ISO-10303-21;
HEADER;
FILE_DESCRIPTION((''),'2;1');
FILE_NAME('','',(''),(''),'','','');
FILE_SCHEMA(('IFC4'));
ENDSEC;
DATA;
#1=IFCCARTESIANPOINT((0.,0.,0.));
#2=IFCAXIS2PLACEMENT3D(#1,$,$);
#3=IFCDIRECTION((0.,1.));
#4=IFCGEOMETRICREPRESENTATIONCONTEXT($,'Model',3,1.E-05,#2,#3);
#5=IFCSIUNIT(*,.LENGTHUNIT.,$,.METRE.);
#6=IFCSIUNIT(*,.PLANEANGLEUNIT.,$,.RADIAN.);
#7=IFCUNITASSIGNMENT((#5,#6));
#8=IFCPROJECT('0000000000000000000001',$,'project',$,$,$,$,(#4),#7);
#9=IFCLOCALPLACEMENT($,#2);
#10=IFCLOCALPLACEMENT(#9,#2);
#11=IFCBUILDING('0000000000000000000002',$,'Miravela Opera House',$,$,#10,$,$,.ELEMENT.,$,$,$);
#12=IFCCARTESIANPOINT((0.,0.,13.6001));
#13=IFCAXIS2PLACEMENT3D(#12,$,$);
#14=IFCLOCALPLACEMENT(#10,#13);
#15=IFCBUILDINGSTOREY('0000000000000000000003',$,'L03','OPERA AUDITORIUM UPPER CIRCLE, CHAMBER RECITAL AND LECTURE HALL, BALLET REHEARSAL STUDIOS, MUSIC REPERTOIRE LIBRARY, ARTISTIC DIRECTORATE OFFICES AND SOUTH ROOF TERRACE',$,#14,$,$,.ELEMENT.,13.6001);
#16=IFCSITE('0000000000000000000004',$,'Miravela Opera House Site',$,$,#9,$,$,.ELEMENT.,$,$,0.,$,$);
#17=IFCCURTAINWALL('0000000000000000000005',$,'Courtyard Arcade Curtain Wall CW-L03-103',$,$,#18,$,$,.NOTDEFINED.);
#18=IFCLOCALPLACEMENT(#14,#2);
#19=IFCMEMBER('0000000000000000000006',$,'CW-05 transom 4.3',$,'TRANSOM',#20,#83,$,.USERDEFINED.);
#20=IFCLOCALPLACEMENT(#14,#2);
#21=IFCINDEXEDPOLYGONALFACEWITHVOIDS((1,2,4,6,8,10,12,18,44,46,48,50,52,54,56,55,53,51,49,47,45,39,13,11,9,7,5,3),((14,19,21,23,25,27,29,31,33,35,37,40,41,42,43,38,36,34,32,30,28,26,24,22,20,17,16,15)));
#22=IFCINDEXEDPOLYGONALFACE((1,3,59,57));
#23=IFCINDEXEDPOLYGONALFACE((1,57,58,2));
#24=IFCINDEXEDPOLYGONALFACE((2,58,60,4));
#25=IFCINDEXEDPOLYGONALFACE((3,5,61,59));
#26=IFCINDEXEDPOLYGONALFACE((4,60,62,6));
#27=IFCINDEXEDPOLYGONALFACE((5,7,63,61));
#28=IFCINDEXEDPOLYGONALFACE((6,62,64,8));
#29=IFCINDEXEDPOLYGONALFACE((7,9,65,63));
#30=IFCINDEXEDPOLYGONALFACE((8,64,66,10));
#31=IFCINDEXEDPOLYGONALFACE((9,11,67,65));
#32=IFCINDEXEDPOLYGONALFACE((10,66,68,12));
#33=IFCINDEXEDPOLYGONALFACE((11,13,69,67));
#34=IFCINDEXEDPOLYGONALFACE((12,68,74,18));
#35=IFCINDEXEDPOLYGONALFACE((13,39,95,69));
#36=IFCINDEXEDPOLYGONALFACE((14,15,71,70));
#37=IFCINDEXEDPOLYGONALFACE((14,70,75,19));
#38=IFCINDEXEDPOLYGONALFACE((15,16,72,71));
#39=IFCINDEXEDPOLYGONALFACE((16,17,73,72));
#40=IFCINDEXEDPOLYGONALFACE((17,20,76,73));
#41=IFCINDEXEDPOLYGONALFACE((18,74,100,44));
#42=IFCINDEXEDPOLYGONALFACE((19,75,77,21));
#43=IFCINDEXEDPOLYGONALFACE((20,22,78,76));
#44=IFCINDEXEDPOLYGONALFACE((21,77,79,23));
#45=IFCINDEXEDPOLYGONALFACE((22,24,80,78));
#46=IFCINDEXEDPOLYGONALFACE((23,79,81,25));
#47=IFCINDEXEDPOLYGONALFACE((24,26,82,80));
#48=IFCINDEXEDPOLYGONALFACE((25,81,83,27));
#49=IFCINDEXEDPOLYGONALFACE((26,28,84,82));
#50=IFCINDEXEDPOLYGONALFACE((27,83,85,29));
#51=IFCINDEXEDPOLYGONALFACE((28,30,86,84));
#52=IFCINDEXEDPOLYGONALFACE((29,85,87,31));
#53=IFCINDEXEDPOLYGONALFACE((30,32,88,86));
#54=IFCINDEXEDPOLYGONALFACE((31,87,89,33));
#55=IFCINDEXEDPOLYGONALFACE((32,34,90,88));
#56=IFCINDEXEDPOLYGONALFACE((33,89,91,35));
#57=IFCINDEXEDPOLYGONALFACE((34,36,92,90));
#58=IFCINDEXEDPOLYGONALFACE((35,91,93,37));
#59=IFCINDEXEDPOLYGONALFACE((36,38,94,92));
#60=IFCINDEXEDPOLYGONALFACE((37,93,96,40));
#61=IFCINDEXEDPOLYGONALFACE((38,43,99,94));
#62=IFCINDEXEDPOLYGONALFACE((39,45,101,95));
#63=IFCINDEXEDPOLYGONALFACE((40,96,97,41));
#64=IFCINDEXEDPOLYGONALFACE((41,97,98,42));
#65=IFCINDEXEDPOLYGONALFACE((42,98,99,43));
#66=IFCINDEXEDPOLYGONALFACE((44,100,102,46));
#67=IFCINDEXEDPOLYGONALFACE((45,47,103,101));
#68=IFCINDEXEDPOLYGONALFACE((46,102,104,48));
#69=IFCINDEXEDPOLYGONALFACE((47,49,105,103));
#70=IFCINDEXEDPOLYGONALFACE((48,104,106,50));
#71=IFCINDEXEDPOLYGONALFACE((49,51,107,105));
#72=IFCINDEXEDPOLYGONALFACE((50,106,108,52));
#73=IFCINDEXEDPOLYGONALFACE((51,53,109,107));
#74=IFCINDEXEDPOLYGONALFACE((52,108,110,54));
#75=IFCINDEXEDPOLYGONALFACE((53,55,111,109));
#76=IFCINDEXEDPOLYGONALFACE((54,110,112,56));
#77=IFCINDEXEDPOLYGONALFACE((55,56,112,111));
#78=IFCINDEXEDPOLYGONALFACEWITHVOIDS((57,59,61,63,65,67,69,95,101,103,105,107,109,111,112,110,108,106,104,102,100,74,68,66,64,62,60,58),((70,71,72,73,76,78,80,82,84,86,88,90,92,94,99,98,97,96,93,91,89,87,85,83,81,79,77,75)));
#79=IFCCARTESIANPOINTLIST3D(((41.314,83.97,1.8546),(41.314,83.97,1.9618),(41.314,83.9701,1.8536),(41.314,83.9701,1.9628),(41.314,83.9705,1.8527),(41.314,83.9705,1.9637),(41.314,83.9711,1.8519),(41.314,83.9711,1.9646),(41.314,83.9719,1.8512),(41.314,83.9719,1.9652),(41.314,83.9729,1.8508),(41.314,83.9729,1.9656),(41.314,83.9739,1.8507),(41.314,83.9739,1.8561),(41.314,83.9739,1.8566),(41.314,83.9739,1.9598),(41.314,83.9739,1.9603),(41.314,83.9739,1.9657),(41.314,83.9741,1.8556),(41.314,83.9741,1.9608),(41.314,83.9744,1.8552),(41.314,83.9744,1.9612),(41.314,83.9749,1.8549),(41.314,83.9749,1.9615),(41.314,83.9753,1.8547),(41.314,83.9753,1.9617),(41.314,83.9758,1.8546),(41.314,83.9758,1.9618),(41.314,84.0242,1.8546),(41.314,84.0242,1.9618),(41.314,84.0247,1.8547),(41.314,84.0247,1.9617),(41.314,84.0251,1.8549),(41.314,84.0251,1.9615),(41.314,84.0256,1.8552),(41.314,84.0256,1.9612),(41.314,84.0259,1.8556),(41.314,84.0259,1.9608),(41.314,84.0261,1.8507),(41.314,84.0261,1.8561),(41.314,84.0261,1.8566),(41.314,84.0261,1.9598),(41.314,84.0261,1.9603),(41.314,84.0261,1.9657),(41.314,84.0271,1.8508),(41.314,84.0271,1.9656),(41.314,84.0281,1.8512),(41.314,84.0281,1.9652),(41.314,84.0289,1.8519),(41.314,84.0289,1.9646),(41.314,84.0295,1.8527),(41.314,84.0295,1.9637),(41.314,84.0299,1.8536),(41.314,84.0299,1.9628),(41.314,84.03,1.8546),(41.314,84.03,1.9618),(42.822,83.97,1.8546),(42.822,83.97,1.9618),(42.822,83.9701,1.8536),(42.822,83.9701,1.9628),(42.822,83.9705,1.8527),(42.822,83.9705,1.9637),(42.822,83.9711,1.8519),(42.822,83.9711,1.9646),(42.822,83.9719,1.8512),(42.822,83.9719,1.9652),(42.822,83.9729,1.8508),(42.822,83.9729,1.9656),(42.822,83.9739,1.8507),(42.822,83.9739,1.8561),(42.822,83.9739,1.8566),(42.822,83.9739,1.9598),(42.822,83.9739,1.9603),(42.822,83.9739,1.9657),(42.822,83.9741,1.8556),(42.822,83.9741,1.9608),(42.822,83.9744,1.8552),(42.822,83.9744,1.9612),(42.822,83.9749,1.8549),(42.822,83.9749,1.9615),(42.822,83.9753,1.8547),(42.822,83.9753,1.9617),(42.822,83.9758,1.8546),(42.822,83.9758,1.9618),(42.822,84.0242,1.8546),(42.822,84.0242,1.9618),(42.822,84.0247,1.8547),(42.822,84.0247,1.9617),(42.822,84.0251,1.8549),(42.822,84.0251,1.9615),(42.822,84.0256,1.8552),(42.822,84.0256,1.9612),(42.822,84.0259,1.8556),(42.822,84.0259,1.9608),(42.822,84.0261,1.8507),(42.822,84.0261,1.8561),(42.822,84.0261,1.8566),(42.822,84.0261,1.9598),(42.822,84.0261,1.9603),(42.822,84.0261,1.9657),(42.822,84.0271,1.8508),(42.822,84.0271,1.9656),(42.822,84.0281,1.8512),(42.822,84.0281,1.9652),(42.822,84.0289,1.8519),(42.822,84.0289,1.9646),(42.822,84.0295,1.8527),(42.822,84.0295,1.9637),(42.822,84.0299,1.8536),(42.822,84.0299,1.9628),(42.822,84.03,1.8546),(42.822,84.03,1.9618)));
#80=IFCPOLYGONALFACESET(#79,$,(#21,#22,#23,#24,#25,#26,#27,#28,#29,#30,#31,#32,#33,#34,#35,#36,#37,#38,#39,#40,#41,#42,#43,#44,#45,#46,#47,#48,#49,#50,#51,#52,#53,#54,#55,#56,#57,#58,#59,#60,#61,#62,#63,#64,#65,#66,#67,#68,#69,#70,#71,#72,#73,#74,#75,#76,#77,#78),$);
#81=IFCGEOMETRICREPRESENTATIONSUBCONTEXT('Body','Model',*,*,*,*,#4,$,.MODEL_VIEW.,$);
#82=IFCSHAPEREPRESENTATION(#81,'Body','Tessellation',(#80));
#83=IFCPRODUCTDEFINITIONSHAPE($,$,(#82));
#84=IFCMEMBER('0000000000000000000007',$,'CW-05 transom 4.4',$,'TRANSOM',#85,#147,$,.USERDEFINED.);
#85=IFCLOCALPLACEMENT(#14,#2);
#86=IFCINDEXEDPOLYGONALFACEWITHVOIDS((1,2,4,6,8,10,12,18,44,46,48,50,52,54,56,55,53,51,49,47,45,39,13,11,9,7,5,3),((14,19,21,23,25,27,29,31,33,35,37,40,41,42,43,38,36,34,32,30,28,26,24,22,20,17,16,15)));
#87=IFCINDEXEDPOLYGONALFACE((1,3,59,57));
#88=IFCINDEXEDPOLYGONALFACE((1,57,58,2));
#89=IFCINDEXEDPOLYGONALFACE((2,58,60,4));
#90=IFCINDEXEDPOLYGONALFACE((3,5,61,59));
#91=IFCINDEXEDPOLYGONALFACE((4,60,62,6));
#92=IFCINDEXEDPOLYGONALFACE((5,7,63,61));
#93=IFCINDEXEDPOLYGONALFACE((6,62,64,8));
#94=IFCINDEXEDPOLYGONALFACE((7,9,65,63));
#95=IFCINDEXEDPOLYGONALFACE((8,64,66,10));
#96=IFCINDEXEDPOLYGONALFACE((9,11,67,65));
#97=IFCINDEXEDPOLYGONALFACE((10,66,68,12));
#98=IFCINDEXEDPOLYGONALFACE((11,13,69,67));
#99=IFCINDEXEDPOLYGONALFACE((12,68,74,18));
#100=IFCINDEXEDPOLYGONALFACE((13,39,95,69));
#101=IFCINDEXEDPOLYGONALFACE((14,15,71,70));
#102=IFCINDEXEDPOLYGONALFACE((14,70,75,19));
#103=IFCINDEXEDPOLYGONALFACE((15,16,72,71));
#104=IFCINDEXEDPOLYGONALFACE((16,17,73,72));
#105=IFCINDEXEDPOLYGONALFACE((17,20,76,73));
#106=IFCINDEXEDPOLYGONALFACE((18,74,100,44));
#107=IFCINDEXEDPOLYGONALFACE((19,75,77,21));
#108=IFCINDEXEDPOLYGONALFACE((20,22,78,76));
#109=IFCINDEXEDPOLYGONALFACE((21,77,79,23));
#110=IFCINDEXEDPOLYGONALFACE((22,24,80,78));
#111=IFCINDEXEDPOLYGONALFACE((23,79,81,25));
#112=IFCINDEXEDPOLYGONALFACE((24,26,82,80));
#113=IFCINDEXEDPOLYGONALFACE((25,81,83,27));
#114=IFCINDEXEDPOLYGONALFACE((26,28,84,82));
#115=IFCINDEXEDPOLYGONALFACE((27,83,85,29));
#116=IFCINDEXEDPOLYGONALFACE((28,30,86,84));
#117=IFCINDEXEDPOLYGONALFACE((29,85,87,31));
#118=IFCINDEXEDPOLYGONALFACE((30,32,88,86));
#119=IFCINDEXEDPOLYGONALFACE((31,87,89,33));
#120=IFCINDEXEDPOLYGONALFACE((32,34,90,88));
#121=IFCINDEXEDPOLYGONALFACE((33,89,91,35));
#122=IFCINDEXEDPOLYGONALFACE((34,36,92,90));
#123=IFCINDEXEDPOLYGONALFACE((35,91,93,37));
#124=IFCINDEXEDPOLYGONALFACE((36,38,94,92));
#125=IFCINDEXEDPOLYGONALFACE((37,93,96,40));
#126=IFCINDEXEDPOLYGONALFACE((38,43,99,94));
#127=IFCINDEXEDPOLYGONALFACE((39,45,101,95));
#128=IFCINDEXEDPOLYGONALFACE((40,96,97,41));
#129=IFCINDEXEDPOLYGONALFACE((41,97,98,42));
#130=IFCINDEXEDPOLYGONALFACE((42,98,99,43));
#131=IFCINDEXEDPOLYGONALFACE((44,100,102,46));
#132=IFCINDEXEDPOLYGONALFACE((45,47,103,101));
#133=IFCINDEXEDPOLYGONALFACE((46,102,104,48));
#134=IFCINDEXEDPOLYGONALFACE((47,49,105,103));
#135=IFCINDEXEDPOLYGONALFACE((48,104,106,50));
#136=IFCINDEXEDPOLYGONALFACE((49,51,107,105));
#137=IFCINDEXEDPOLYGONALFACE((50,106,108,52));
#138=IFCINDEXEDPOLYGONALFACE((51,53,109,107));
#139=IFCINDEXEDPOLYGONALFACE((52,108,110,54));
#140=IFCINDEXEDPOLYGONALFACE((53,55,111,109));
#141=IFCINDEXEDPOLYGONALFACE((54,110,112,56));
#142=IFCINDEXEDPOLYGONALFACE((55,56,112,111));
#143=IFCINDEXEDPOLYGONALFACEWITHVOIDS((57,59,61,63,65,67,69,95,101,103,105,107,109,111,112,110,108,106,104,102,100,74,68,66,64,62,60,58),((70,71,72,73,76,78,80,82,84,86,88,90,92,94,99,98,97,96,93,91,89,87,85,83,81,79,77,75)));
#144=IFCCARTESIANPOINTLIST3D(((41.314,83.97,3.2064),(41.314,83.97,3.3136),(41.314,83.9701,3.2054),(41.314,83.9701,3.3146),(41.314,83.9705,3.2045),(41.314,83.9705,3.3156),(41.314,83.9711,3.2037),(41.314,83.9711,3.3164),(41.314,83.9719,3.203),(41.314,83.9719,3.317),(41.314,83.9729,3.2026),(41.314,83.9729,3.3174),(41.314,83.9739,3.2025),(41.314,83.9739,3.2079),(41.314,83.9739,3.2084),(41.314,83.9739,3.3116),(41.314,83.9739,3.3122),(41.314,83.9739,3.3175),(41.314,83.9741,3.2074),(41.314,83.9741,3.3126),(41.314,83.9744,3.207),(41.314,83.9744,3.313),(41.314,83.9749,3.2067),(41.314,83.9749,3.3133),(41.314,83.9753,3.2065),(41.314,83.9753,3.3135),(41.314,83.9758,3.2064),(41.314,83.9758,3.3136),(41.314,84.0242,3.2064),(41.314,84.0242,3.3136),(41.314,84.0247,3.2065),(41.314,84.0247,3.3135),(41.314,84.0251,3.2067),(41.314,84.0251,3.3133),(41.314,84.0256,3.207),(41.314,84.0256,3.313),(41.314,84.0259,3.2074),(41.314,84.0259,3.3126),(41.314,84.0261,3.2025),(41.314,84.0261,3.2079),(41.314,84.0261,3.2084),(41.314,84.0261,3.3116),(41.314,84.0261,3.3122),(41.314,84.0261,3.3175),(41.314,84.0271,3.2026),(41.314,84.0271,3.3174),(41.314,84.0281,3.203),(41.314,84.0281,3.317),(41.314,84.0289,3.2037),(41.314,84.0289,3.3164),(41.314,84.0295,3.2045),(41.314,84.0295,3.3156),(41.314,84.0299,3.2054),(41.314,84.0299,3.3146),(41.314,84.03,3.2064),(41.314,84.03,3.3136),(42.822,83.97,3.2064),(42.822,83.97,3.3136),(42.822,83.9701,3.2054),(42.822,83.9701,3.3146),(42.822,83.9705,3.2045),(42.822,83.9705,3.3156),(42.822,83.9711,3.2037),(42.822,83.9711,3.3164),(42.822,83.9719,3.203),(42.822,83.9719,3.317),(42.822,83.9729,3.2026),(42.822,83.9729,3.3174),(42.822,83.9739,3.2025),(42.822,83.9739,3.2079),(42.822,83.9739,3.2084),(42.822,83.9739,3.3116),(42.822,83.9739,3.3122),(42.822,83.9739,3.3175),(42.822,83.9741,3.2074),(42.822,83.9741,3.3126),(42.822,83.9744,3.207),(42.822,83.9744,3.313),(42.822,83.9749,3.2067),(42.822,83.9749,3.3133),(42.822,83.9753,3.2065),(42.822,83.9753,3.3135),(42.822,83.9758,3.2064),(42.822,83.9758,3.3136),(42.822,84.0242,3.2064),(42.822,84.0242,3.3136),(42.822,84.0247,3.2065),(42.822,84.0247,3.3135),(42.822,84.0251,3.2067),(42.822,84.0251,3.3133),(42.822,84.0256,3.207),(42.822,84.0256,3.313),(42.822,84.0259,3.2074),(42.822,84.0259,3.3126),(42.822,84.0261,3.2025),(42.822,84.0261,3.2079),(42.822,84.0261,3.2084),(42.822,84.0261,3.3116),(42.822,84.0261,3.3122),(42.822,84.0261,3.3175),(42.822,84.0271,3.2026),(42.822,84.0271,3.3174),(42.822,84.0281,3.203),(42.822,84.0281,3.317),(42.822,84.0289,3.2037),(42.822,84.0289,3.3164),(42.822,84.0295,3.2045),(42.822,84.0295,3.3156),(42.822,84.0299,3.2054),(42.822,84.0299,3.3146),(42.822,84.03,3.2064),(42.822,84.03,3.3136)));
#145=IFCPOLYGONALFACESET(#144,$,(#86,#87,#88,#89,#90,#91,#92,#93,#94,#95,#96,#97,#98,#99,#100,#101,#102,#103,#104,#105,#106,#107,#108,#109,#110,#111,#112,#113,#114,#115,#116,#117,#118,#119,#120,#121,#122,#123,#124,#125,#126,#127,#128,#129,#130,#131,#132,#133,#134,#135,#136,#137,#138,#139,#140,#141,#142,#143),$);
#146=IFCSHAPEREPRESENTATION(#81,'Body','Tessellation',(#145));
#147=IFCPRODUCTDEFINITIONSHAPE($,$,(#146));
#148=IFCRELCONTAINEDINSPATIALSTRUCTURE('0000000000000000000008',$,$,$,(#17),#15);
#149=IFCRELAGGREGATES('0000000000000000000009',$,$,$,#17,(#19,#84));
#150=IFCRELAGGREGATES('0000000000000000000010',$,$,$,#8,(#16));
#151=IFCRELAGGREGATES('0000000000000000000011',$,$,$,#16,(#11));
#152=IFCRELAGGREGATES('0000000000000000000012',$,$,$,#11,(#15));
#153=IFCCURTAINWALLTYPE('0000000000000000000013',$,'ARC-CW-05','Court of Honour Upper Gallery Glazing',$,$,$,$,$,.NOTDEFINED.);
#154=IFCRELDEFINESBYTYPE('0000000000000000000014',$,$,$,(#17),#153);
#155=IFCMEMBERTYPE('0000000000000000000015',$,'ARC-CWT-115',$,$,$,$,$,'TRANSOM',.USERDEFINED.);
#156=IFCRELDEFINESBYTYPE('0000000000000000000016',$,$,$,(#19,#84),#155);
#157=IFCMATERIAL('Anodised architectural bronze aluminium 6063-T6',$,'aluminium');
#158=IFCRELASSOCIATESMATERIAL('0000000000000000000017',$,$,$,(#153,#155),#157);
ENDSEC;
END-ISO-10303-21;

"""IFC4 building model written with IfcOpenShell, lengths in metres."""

from ifc_helpers import new_model, si_unit, direction, frame, origin, origin_2d, place, context, subcontext, project, spatial, hollow_rectangle, extrude, material, material_profile, profile_set, type_object, element, aggregate, save


model = new_model("IFC4")

# Units and contexts
model_context = context("Model", 3, precision=1e-05, world=origin(), true_north=direction((0.0, 1.0)))
body_context = subcontext(model_context, "Body", "Model", "MODEL_VIEW")
ifc_project = project(units=[si_unit("LENGTHUNIT", "METRE"), si_unit("PLANEANGLEUNIT", "RADIAN")], contexts=[model_context])

# Site, building, storey
site_placement = place(None, origin())
site = spatial("IfcSite", under=ifc_project, at=site_placement, Name="Miravela Opera House Site", CompositionType="ELEMENT", RefElevation=0.0)
building_placement = place(site_placement, origin())
building = spatial("IfcBuilding", under=site, at=building_placement, Name="Miravela Opera House", CompositionType="ELEMENT")
storey_placement = place(building_placement, frame((0.0, 0.0, 13.6001)))
storey = spatial("IfcBuildingStorey", under=building, at=storey_placement, Name="L03", Description="OPERA AUDITORIUM UPPER CIRCLE, CHAMBER RECITAL AND LECTURE HALL, BALLET REHEARSAL STUDIOS, MUSIC REPERTOIRE LIBRARY, ARTISTIC DIRECTORATE OFFICES AND SOUTH ROOF TERRACE", CompositionType="ELEMENT", Elevation=13.6001)

# Curtain wall, members
ifc_material_1 = material(Name="Anodised architectural bronze aluminium 6063-T6", Category="aluminium")
curtain_wall_type = type_object("IfcCurtainWallType", Name="ARC-CW-05", Description="Court of Honour Upper Gallery Glazing", PredefinedType="NOTDEFINED", material=ifc_material_1)
curtain_wall_placement = place(storey_placement, origin())
curtain_wall = element("IfcCurtainWall", 1, at=curtain_wall_placement, inside=storey, type_object=curtain_wall_type, Name="Courtyard Arcade Curtain Wall CW-L03-103", PredefinedType="NOTDEFINED")
ifc_material_profile_1 = material_profile(ifc_material_1, hollow_rectangle(XDim=0.0601, YDim=0.115, WallThickness=0.0039, InnerFilletRadius=0.002, OuterFilletRadius=0.0039, at=origin_2d()), Name="CWT-60X115")
ifc_profile_set_1 = profile_set([ifc_material_profile_1])
member_type_1 = type_object("IfcMemberType", Name="ARC-CWT-115", ElementType="TRANSOM", PredefinedType="USERDEFINED", material=ifc_profile_set_1)
member_1_placement = place(storey_placement, frame((41.314, 84.0, 1.9082), z_axis=(1.0, 0.0, 0.0), x_axis=(0.0, 1.0, 0.0)))
member_1 = element("IfcMember", 2, at=member_1_placement, type_object=member_type_1, Name="CW-05 transom 4.3", ObjectType="TRANSOM", PredefinedType="USERDEFINED", context=body_context, shape_type="SweptSolid", body=[
    extrude(hollow_rectangle(XDim=0.0601, YDim=0.115, WallThickness=0.0039, InnerFilletRadius=0.002, OuterFilletRadius=0.0039, at=origin_2d()), origin(), (0.0, 0.0, 1.0), 1.5081),
])
member_2_placement = place(storey_placement, frame((41.314, 84.0, 3.26), z_axis=(1.0, 0.0, 0.0), x_axis=(0.0, 1.0, 0.0)))
member_2 = element("IfcMember", 3, at=member_2_placement, type_object=member_type_1, Name="CW-05 transom 4.4", ObjectType="TRANSOM", PredefinedType="USERDEFINED", context=body_context, shape_type="SweptSolid", body=[
    extrude(hollow_rectangle(XDim=0.0601, YDim=0.115, WallThickness=0.0039, InnerFilletRadius=0.002, OuterFilletRadius=0.0039, at=origin_2d()), origin(), (0.0, 0.0, 1.0), 1.5081),
])
aggregate(curtain_wall, [member_1, member_2])

save(model, "model.ifc")
